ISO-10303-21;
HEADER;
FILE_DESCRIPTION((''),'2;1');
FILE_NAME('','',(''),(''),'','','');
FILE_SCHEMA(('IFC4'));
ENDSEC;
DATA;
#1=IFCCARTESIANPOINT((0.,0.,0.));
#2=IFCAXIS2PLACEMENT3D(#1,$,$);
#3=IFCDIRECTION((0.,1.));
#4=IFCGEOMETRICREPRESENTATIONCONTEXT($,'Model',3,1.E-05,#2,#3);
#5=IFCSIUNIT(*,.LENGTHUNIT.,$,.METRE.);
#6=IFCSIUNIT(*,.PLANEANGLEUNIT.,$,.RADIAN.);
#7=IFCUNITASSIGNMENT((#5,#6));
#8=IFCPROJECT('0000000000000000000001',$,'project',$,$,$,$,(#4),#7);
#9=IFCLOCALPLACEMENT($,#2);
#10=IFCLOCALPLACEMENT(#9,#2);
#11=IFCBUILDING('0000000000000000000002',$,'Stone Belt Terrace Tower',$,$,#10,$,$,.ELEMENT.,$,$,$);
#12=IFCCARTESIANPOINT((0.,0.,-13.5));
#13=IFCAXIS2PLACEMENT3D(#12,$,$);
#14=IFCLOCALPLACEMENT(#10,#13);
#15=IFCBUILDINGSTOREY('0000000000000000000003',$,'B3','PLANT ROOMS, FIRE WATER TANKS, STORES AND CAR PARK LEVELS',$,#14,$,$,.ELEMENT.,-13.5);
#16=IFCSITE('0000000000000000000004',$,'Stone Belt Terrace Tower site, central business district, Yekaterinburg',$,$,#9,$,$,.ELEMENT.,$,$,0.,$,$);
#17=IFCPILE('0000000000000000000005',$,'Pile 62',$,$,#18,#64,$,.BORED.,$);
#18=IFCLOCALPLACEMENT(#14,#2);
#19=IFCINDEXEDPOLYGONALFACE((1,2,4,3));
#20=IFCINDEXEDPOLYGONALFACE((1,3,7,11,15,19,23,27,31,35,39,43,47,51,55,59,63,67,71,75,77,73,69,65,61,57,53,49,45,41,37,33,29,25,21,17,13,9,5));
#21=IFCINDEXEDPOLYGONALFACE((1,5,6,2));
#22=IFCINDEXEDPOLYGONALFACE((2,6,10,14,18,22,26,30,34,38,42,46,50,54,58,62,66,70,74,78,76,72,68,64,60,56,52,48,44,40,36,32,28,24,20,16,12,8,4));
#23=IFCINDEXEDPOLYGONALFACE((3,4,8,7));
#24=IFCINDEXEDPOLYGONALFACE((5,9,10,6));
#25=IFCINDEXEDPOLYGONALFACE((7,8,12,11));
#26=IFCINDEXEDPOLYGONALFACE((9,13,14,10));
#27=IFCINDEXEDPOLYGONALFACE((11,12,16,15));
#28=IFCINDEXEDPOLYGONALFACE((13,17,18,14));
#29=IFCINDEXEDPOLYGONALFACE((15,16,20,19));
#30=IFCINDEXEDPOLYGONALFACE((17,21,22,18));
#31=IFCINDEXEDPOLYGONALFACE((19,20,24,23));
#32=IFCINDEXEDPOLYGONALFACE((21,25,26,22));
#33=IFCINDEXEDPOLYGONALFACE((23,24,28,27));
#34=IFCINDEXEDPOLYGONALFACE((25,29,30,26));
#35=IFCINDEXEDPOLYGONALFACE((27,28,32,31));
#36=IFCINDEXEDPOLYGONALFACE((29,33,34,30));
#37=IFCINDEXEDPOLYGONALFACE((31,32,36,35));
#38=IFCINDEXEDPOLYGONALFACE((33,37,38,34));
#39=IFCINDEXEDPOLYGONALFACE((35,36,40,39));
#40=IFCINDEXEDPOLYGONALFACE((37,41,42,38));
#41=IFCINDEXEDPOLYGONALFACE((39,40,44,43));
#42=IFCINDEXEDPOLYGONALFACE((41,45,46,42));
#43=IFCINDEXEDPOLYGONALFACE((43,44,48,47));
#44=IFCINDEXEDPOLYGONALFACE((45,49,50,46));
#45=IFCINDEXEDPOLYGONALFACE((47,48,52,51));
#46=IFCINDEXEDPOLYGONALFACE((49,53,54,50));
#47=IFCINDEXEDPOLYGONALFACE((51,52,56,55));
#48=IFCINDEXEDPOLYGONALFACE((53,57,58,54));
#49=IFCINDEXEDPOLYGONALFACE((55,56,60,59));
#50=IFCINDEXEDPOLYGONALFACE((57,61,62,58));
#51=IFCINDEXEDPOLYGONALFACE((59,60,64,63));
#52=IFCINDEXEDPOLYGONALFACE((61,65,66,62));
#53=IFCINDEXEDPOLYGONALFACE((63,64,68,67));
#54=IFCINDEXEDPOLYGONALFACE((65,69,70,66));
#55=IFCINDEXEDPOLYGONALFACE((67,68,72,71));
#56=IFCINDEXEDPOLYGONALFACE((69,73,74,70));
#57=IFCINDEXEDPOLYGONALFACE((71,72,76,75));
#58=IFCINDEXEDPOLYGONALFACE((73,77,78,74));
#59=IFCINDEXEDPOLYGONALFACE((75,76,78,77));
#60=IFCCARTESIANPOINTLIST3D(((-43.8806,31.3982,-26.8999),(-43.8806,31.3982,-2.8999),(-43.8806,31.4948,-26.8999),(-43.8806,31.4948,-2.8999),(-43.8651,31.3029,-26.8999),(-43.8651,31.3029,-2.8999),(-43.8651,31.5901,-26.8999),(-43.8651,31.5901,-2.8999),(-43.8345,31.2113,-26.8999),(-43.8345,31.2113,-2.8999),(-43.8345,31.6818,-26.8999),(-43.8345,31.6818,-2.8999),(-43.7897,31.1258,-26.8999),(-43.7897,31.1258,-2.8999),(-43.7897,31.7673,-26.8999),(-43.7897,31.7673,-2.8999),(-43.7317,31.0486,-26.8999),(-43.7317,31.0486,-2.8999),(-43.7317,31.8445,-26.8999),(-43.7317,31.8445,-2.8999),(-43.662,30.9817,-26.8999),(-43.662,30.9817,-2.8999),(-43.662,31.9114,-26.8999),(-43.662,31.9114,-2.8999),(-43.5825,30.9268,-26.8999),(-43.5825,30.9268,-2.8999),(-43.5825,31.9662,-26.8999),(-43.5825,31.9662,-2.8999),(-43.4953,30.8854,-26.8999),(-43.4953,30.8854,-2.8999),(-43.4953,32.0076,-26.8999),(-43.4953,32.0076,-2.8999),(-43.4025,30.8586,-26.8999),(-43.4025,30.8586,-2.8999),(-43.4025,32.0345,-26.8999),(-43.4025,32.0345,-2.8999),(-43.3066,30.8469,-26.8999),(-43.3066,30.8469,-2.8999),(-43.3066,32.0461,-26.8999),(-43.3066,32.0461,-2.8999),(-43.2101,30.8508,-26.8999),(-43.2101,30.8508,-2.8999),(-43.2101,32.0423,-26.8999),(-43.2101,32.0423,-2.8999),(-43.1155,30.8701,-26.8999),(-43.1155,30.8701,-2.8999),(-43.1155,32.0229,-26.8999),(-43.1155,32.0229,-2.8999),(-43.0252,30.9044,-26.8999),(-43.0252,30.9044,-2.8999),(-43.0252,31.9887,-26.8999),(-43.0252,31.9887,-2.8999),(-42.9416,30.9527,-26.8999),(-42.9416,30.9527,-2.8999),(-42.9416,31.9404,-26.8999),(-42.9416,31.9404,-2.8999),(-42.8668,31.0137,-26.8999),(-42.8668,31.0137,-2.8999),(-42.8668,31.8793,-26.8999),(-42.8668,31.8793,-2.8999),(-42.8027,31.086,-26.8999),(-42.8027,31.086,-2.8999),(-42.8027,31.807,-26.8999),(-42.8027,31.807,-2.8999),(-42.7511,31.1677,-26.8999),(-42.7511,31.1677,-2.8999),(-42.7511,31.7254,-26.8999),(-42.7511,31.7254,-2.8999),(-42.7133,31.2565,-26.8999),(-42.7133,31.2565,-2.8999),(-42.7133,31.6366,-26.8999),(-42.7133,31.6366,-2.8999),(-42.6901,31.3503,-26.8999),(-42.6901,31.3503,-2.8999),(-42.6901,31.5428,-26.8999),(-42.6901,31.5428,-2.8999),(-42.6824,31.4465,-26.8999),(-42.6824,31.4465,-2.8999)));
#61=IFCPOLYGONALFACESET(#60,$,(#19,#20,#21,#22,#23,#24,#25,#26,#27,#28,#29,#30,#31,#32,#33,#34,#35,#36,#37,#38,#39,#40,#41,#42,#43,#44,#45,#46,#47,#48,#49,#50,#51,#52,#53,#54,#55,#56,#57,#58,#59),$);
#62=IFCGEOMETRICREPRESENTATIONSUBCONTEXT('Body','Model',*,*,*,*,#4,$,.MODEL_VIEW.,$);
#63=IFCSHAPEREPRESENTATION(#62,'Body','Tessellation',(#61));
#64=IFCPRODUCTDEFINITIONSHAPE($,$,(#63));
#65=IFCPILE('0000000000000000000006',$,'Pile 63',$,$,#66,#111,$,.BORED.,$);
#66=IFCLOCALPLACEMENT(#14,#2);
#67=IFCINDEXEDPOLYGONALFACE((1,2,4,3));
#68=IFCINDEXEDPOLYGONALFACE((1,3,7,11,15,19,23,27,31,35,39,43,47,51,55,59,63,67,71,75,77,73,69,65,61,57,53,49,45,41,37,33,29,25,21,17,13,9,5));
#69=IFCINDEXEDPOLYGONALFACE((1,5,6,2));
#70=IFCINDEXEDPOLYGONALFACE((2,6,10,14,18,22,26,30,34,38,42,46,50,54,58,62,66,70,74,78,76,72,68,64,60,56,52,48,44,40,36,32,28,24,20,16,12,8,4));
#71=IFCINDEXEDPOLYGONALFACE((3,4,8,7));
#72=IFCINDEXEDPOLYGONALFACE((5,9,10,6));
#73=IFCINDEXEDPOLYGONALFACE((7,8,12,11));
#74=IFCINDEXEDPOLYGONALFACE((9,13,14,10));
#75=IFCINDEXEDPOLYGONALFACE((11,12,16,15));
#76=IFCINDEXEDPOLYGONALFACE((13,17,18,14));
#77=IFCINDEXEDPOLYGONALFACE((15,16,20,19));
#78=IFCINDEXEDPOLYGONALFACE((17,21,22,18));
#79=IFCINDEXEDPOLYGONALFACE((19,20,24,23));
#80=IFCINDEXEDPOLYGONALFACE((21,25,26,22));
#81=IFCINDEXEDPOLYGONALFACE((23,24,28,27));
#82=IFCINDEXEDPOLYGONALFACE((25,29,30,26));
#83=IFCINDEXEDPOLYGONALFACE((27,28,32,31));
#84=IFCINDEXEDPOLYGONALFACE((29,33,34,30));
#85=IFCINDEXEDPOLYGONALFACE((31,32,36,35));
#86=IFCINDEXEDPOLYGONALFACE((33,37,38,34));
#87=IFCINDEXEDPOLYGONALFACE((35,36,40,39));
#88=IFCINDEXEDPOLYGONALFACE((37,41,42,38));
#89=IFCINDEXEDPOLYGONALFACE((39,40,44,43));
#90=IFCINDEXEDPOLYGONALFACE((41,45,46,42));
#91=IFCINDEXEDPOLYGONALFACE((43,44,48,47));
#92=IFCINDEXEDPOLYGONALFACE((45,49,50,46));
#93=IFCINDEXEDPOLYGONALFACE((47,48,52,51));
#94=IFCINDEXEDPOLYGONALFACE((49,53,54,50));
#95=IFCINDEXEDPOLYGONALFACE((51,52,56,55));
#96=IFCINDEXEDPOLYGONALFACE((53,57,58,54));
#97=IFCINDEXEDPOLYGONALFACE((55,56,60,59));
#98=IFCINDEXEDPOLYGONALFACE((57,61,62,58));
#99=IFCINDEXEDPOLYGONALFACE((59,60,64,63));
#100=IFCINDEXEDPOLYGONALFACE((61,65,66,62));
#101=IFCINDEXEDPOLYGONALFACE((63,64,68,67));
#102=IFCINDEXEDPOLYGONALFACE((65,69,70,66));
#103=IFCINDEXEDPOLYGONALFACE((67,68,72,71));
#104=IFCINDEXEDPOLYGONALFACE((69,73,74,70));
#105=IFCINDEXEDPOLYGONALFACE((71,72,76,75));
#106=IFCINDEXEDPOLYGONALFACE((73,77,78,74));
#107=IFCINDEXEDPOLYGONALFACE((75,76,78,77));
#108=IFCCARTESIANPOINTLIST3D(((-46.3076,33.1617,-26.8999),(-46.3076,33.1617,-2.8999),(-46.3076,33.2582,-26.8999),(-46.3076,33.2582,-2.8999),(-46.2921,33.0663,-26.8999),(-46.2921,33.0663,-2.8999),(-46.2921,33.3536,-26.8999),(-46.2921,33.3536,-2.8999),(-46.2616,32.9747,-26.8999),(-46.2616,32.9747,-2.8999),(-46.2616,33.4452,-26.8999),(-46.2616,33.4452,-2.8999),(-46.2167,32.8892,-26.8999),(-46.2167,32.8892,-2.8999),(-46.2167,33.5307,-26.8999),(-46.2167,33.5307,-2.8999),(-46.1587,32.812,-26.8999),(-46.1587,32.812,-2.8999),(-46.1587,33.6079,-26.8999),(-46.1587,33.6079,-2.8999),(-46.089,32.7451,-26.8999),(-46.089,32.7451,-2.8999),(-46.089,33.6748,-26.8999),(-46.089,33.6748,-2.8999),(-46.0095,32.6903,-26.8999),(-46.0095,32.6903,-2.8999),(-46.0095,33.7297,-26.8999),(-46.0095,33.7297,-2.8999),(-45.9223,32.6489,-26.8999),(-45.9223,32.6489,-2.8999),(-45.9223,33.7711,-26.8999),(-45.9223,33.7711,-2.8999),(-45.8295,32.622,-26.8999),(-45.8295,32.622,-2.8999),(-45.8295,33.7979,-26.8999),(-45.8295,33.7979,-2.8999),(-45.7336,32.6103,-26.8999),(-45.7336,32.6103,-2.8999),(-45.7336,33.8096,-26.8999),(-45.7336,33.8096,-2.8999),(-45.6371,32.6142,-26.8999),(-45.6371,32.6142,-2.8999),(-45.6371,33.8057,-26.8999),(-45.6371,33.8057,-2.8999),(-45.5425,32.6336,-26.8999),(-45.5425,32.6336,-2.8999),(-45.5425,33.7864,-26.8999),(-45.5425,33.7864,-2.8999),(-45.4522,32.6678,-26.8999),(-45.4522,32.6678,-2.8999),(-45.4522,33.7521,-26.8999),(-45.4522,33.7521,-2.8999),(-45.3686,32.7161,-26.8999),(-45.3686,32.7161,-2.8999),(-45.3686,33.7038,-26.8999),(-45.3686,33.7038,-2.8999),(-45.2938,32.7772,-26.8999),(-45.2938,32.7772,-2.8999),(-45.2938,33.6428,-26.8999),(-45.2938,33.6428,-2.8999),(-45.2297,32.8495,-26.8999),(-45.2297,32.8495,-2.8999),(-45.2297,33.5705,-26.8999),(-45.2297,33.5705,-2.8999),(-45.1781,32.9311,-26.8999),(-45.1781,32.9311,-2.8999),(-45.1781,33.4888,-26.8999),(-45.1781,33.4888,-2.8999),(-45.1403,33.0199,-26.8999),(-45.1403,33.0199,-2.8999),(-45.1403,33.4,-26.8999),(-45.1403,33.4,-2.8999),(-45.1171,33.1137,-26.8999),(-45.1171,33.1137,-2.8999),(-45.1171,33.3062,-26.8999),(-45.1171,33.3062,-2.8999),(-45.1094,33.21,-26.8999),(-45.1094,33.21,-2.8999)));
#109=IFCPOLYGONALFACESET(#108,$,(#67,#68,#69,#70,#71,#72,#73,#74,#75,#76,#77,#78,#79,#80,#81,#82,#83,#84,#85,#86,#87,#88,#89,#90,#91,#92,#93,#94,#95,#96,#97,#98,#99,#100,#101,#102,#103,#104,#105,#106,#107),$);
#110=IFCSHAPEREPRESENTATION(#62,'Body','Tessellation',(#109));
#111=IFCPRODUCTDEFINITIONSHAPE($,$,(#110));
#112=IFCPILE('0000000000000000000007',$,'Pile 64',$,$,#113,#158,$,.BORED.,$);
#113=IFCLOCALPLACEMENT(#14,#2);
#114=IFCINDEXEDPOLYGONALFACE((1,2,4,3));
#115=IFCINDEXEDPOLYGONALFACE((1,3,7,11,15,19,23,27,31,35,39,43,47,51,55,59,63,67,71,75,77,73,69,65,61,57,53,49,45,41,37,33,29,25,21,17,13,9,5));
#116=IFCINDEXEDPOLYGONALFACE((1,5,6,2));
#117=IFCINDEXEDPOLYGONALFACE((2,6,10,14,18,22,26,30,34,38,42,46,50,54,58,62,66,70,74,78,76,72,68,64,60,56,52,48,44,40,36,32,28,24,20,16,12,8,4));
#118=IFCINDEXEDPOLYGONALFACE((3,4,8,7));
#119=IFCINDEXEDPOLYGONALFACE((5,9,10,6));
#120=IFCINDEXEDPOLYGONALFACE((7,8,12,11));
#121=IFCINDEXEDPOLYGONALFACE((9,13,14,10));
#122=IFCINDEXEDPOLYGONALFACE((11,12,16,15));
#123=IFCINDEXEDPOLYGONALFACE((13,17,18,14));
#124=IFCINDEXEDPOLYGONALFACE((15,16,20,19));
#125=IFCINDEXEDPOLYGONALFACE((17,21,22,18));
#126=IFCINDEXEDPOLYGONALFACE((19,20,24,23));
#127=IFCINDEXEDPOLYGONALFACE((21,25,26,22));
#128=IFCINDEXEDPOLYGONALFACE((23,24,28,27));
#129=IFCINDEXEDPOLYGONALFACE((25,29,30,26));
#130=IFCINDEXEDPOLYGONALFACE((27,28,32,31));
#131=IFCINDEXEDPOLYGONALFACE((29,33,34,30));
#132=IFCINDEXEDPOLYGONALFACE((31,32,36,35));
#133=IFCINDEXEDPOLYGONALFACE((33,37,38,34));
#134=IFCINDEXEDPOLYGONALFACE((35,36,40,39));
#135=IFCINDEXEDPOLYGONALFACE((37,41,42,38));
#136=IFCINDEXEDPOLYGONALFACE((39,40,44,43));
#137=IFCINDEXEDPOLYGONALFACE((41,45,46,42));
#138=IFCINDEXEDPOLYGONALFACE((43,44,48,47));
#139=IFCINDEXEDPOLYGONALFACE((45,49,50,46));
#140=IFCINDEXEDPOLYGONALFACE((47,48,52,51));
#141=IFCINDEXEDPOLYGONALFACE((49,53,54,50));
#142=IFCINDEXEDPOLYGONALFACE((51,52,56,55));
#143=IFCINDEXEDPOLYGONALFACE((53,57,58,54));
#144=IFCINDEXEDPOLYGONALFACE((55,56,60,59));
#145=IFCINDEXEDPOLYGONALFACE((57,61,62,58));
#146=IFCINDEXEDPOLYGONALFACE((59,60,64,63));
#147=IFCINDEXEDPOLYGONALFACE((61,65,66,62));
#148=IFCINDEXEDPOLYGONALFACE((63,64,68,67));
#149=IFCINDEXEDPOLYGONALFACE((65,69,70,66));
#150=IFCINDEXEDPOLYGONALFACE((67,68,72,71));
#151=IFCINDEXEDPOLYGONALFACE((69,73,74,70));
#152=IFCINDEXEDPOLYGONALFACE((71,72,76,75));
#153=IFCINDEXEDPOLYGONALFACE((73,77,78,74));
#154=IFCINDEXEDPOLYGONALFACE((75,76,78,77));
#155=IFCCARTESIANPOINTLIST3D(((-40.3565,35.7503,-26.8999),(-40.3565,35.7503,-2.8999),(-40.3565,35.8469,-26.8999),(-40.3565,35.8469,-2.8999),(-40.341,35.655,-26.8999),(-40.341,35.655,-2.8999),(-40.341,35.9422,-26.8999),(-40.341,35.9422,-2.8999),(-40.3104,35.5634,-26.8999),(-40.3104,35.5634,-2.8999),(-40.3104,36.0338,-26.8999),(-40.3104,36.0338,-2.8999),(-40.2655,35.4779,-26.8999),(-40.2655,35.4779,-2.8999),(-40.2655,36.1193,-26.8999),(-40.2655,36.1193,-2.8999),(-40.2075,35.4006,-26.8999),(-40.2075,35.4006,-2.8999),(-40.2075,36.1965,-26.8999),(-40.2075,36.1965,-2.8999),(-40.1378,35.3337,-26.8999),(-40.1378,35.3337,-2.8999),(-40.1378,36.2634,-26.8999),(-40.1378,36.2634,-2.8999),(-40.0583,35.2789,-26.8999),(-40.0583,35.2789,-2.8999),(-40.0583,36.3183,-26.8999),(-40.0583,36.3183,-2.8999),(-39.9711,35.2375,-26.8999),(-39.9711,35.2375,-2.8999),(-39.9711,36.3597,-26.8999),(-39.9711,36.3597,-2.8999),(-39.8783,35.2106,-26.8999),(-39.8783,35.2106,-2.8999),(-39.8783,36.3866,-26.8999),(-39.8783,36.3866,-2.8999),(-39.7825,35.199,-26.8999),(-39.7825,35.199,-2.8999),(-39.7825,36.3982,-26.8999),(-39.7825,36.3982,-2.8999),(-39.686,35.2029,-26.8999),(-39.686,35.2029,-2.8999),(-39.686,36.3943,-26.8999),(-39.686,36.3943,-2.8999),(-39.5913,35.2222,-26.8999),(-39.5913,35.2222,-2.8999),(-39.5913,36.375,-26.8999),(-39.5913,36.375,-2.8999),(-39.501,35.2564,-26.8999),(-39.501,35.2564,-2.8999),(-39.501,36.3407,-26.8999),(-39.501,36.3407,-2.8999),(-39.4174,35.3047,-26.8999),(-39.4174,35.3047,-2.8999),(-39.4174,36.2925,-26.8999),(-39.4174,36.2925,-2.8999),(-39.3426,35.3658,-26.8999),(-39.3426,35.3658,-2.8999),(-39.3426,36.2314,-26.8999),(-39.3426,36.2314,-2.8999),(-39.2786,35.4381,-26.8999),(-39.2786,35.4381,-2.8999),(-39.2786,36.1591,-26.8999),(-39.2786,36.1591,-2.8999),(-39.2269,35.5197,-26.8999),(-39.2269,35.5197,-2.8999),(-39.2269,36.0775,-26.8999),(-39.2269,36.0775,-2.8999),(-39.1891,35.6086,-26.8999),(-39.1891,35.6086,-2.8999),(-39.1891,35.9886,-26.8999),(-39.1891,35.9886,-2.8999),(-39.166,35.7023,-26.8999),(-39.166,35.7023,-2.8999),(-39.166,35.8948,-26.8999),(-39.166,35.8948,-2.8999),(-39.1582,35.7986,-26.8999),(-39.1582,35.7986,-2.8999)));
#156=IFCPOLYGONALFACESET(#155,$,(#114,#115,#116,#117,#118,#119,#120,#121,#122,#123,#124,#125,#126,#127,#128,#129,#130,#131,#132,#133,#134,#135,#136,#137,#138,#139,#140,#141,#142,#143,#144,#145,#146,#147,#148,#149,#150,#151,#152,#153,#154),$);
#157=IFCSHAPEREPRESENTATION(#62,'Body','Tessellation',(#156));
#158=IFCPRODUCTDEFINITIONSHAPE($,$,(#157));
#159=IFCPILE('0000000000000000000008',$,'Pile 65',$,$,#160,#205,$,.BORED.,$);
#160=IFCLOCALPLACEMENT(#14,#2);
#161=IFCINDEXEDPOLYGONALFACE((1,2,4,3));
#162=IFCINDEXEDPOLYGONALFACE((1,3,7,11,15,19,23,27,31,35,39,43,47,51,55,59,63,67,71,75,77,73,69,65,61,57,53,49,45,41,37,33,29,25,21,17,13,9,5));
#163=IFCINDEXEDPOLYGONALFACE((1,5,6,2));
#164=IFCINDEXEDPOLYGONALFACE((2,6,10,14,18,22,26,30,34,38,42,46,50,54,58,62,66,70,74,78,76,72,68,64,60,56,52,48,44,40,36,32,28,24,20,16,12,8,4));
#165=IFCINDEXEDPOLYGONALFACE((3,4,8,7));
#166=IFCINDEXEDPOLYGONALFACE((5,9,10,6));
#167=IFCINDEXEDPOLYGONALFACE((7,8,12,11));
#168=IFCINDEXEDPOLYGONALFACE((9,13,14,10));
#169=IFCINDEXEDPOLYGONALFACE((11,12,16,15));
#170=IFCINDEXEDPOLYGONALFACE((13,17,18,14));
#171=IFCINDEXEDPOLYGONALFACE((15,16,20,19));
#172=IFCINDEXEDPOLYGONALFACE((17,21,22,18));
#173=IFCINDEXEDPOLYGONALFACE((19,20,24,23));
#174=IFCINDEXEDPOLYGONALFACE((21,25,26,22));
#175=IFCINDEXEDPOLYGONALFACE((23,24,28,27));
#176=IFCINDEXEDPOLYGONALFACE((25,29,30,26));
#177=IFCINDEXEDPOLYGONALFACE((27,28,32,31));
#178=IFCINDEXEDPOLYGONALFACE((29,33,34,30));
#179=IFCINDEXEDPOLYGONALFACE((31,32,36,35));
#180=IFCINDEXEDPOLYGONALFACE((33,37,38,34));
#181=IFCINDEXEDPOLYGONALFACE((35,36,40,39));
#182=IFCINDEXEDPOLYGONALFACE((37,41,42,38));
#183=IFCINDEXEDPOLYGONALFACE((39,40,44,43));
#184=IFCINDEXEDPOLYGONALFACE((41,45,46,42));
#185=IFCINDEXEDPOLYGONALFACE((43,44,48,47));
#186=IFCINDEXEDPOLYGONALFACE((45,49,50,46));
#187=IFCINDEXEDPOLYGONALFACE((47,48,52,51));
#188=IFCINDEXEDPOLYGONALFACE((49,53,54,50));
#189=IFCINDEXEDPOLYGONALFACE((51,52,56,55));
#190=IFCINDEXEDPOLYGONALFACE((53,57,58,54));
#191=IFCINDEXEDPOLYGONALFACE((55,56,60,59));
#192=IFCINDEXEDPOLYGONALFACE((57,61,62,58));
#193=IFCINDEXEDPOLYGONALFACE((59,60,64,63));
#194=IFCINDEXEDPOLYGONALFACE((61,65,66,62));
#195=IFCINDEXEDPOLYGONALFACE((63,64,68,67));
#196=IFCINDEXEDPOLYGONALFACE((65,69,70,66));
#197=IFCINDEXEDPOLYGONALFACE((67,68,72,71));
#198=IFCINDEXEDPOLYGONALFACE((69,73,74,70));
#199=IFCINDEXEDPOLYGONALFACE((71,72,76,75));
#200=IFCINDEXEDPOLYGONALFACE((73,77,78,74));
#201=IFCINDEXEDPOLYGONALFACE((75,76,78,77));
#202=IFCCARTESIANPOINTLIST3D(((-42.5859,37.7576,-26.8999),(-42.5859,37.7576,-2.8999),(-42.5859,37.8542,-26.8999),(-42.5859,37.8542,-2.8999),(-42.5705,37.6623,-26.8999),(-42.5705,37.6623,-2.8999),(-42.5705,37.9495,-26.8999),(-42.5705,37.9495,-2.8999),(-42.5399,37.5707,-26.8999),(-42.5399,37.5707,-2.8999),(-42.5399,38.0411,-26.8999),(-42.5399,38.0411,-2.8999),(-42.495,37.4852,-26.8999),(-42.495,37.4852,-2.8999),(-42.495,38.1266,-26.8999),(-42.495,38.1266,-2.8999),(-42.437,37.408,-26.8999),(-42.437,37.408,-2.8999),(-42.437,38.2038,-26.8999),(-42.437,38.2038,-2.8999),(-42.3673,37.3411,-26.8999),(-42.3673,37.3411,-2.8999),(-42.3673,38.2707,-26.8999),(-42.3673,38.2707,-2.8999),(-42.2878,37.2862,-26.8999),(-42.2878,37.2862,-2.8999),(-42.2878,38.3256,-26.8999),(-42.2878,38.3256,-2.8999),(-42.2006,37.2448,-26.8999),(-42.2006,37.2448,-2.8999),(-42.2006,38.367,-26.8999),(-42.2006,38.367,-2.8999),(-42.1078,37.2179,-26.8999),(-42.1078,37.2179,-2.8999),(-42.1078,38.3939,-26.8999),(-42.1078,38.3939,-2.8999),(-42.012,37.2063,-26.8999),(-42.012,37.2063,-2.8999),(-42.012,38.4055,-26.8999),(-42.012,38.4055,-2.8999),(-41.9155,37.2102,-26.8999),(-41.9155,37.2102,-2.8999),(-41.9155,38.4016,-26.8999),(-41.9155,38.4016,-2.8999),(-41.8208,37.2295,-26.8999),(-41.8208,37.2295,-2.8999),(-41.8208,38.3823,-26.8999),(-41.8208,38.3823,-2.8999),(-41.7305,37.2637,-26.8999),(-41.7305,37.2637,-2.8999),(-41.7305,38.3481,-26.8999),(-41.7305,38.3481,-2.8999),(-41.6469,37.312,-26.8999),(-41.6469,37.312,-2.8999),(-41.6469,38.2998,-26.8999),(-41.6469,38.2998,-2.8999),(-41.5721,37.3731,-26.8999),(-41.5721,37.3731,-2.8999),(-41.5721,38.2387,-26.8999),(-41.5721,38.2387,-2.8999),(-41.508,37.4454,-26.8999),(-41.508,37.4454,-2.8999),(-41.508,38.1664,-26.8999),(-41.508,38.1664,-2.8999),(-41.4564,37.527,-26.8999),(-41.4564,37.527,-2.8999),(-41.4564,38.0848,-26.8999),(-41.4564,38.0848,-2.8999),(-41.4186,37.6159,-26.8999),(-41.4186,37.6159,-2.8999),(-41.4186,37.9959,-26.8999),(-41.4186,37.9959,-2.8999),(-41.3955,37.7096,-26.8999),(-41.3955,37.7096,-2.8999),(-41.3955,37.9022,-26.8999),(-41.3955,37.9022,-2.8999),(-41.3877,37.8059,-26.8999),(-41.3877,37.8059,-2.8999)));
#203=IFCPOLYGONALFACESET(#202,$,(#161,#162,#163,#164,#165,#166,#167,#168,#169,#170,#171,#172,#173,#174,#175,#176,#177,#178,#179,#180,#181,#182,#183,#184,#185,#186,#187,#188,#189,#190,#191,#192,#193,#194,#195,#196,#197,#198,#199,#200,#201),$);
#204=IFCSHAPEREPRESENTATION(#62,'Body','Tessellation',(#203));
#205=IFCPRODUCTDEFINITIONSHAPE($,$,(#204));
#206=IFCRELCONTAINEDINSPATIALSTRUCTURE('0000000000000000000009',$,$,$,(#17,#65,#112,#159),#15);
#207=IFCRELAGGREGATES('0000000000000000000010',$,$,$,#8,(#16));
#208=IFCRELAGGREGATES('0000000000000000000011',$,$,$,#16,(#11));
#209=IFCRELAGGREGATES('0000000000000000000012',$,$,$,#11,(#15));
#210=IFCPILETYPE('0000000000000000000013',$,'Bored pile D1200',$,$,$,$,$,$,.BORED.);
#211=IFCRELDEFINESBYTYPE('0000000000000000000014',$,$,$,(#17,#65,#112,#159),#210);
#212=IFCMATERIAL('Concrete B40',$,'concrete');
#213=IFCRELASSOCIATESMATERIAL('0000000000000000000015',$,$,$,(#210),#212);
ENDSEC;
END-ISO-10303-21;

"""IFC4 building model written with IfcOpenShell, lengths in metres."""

from ifc_helpers import new_model, si_unit, direction, frame, origin, origin_2d, place, context, subcontext, project, spatial, circle, extrude, material, material_profile, profile_set, type_object, element, save


model = new_model("IFC4")

# Units and contexts
model_context = context("Model", 3, precision=1e-05, world=origin(), true_north=direction((0.0, 1.0)))
body_context = subcontext(model_context, "Body", "Model", "MODEL_VIEW")
ifc_project = project(units=[si_unit("LENGTHUNIT", "METRE"), si_unit("PLANEANGLEUNIT", "RADIAN")], contexts=[model_context])

# Site, building, storey
site_placement = place(None, origin())
site = spatial("IfcSite", under=ifc_project, at=site_placement, Name="Stone Belt Terrace Tower site, central business district, Yekaterinburg", CompositionType="ELEMENT", RefElevation=0.0)
building_placement = place(site_placement, origin())
building = spatial("IfcBuilding", under=site, at=building_placement, Name="Stone Belt Terrace Tower", CompositionType="ELEMENT")
storey_placement = place(building_placement, frame((0.0, 0.0, -13.5)))
storey = spatial("IfcBuildingStorey", under=building, at=storey_placement, Name="B3", Description="PLANT ROOMS, FIRE WATER TANKS, STORES AND CAR PARK LEVELS", CompositionType="ELEMENT", Elevation=-13.5)

# Piles
ifc_material_1 = material(Name="Concrete B40", Category="concrete")
ifc_material_profile_1 = material_profile(ifc_material_1, circle(Radius=0.6001, at=origin_2d()), Name="PILE D1200")
ifc_profile_set_1 = profile_set([ifc_material_profile_1], Name="Concrete B40")
pile_type = type_object("IfcPileType", Name="Bored pile D1200", PredefinedType="BORED", material=ifc_profile_set_1)
for number, where, z_axis, x_axis, name in (
    (1, (-43.2825, 31.4465, -2.8999), (0.0, 0.0, -1.0), (1.0, 0.0, 0.0), "Pile 62"),
    (2, (-45.7095, 33.21, -2.8999), (0.0, 0.0, -1.0), (1.0, 0.0, 0.0), "Pile 63"),
    (3, (-39.7583, 35.7986, -2.8999), (0.0, 0.0, -1.0), (1.0, 0.0, 0.0), "Pile 64"),
    (4, (-41.9878, 37.8059, -2.8999), (0.0, 0.0, -1.0), (1.0, 0.0, 0.0), "Pile 65"),
):
    element("IfcPile", number, at=place(storey_placement, frame(where, z_axis=z_axis, x_axis=x_axis)), inside=storey, type_object=pile_type, Name=name, PredefinedType="BORED", context=body_context, shape_type="SweptSolid", body=[
        extrude(circle(Radius=0.6001, at=origin_2d()), origin(), (0.0, 0.0, 1.0), 24.0),
    ])

save(model, "model.ifc")
